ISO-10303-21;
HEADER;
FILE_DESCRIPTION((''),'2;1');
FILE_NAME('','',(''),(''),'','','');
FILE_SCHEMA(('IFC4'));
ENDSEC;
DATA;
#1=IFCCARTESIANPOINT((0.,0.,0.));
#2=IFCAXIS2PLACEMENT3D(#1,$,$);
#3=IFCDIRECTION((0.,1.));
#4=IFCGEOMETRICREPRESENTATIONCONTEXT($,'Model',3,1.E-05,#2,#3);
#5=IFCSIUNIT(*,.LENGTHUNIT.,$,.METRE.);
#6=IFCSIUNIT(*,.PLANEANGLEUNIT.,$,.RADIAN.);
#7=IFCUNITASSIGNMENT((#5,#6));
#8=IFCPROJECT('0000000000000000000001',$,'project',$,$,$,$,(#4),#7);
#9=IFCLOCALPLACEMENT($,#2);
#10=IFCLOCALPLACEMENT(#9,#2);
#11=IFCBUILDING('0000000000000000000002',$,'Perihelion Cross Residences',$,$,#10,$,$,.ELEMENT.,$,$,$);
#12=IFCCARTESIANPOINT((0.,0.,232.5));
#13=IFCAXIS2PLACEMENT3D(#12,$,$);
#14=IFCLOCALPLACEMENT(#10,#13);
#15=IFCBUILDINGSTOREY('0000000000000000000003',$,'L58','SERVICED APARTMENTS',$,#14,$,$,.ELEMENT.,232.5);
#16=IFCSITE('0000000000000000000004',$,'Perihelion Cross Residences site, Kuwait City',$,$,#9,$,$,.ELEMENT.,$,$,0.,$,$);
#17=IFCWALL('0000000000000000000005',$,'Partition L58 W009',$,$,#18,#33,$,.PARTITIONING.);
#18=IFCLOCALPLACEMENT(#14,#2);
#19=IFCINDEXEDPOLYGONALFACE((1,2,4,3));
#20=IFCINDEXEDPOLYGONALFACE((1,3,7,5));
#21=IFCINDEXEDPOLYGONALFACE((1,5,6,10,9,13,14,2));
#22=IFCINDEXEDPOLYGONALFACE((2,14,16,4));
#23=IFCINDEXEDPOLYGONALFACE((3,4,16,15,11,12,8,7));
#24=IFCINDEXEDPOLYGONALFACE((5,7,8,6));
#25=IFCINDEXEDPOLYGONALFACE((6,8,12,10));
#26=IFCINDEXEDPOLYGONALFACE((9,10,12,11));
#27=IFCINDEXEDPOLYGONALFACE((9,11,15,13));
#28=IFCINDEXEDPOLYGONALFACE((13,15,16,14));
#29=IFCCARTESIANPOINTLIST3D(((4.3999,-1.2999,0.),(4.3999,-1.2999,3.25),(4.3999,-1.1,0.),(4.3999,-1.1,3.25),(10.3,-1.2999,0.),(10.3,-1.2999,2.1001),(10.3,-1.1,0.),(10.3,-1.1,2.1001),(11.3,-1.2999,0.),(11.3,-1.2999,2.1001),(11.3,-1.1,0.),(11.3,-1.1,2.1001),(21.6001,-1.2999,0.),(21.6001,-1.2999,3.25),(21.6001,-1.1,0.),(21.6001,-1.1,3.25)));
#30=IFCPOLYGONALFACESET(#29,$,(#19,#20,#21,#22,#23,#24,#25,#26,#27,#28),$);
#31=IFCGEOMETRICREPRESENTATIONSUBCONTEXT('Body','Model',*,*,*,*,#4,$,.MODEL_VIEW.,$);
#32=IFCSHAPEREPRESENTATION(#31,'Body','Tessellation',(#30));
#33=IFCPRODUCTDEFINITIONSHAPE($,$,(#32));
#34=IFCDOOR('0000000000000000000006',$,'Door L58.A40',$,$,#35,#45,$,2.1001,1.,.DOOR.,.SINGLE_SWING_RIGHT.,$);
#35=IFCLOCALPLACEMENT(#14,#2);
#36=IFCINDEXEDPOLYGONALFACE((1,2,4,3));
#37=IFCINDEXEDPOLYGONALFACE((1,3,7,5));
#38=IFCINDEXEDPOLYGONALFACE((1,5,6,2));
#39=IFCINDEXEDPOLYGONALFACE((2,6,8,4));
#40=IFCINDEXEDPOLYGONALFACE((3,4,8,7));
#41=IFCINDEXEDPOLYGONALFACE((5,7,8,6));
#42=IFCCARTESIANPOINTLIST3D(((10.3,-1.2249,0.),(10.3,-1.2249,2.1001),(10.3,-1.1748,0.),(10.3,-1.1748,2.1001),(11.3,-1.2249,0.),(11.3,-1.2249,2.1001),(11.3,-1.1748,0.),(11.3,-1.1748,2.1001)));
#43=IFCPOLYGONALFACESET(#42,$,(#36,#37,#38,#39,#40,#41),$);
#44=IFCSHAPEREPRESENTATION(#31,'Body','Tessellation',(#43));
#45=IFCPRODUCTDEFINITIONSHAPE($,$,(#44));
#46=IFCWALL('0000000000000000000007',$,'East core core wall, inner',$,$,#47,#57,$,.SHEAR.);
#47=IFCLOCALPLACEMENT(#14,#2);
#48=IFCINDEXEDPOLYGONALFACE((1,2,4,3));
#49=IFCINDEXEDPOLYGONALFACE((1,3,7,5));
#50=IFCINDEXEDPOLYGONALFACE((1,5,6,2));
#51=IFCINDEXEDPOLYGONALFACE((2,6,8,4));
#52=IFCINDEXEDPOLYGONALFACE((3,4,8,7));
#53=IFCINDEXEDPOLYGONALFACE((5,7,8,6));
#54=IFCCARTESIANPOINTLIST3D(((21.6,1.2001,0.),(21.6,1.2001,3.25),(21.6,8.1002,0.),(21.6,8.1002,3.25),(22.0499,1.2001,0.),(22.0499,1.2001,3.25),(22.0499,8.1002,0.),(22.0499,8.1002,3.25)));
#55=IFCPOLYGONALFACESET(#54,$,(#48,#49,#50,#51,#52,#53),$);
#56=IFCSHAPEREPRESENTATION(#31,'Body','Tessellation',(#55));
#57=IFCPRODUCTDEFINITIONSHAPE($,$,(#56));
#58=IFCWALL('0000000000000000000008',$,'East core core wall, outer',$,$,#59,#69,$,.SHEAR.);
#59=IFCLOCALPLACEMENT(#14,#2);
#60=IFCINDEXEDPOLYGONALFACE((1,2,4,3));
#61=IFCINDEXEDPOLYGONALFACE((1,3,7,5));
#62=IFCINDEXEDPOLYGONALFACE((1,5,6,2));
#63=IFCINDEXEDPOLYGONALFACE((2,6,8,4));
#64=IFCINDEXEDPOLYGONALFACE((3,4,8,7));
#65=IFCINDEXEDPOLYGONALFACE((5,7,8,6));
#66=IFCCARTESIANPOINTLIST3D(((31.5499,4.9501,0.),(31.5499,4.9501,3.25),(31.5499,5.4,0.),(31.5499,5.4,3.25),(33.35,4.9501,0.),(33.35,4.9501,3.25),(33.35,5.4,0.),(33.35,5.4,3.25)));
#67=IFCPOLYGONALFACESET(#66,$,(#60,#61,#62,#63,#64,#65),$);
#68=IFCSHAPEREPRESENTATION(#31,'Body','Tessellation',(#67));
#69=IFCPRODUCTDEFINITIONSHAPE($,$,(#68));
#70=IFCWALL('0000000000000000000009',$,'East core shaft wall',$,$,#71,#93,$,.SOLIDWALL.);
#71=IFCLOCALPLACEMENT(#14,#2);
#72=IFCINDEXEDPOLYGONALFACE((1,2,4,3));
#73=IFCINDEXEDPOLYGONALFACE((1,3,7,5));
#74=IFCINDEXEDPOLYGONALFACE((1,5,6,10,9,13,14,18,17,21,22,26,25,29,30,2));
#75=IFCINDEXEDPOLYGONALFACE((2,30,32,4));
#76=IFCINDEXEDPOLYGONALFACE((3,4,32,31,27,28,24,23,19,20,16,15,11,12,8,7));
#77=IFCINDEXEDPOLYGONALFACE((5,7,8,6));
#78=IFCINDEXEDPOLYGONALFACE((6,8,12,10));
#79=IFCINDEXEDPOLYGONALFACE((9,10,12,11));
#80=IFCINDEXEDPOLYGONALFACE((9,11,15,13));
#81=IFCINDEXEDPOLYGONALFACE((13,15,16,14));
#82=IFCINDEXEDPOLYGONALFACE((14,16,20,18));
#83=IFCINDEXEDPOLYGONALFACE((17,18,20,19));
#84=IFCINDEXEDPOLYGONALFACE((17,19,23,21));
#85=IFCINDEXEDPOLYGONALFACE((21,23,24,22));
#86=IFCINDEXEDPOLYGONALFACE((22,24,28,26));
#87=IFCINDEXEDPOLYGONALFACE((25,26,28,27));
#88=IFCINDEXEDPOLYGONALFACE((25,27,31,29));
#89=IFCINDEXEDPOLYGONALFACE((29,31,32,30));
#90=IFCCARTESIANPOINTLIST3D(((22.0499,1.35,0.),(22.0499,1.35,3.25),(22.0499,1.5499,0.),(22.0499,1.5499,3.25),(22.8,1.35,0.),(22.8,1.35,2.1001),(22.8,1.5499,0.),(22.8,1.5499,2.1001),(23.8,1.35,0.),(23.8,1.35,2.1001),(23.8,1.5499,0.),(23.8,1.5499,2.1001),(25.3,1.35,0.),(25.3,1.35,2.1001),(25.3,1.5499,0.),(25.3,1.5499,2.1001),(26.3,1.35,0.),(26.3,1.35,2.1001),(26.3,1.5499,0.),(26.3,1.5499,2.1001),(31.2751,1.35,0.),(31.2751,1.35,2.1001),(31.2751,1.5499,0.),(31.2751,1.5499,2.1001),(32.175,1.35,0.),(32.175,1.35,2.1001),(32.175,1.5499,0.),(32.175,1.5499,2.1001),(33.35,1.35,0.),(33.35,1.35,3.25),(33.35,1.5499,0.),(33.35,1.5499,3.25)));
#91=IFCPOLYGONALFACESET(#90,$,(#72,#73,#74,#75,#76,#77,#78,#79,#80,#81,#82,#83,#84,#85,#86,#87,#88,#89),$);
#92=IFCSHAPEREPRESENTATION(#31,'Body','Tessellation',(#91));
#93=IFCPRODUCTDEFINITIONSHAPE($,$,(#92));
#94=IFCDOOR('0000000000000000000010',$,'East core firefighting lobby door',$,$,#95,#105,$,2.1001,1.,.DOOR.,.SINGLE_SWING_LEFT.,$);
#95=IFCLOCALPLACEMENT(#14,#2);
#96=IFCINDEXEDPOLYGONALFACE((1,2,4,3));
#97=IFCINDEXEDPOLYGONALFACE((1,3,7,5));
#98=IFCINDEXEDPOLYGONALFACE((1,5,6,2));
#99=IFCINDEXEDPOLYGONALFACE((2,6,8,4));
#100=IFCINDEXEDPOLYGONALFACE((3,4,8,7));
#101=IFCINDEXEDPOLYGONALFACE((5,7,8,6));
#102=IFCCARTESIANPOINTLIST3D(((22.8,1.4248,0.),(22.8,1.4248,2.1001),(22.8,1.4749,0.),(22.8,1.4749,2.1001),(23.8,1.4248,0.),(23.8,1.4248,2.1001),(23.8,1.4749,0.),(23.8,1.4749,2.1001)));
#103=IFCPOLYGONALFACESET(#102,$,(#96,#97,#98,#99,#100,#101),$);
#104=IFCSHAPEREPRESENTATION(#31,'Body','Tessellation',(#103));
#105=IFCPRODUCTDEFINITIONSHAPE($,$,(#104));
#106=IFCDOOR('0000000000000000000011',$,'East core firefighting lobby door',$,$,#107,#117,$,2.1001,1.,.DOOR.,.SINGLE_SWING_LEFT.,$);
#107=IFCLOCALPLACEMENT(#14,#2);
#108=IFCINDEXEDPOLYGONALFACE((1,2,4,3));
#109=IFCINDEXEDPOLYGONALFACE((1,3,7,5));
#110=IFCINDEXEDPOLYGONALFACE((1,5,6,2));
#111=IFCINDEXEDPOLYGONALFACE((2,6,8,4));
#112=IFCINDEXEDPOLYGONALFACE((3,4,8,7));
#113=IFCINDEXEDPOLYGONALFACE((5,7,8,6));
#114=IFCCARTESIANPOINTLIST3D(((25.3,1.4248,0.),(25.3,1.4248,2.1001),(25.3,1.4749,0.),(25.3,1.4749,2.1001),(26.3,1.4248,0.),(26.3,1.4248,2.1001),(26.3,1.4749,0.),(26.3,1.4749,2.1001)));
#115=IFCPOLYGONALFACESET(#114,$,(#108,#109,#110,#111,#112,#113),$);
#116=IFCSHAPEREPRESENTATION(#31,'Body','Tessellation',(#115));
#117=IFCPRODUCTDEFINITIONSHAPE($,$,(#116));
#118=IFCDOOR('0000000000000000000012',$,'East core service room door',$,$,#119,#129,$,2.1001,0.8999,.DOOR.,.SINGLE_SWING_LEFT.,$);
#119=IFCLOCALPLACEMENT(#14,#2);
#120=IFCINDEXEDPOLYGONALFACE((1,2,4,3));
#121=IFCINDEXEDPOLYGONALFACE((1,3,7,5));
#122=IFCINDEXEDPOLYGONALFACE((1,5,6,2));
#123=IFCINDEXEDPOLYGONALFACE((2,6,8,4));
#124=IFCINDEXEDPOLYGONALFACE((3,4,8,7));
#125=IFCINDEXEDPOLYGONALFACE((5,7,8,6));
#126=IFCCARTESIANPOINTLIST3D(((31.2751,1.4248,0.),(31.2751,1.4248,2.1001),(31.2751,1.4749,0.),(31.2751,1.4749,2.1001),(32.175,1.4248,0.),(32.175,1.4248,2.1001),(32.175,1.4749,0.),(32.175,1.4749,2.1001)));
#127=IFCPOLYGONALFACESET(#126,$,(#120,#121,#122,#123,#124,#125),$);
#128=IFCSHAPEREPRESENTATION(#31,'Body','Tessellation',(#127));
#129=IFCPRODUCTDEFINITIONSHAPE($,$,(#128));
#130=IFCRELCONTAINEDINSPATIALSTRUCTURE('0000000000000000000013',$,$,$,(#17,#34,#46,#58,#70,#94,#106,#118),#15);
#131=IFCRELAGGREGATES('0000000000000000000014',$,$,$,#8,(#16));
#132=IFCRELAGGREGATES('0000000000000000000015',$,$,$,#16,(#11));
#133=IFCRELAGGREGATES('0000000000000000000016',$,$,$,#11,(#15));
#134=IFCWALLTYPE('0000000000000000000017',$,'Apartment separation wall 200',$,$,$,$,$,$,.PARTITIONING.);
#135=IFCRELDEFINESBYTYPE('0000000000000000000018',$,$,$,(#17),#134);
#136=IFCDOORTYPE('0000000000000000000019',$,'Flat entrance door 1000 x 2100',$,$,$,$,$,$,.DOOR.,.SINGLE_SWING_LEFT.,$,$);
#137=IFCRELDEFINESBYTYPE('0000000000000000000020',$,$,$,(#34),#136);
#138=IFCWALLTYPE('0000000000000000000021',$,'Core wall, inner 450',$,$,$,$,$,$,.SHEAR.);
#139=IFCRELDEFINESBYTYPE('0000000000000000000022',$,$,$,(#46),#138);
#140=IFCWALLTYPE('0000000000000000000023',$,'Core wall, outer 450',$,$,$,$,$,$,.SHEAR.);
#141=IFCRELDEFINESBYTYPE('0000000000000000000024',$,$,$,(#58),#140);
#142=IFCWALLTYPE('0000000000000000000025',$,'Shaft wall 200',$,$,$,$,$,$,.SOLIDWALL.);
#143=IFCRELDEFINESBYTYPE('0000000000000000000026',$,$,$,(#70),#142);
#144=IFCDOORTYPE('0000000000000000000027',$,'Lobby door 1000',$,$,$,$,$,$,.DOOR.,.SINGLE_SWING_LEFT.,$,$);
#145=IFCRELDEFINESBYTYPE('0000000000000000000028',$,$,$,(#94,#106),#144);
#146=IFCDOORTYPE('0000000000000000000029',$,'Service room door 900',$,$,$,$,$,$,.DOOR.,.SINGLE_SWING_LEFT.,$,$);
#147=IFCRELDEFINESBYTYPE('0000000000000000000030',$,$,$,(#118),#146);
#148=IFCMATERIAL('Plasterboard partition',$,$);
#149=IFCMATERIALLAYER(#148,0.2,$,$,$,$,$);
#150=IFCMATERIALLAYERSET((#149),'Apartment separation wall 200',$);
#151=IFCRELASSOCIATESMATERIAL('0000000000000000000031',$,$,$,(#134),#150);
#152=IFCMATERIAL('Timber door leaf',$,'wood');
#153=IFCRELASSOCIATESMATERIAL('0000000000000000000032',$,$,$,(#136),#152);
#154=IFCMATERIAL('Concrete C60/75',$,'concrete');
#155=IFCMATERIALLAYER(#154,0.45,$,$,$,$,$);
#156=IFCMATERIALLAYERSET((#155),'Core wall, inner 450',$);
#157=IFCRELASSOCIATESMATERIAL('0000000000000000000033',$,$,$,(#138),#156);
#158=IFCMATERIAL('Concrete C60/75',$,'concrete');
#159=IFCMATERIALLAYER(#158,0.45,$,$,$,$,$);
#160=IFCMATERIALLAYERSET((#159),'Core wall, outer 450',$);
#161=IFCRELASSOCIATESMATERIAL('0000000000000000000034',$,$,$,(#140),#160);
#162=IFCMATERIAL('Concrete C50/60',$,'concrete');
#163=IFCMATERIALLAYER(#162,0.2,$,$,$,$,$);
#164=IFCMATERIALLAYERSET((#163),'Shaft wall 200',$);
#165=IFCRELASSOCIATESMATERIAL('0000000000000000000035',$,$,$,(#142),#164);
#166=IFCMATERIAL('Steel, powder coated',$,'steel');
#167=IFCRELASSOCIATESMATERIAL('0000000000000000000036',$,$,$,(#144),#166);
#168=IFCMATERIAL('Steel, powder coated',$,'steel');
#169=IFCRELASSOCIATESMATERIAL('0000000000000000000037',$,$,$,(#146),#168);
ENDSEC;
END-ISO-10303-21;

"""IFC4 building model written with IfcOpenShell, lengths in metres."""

from ifc_helpers import new_model, si_unit, direction, frame, frame_2d, origin, place, context, subcontext, project, spatial, rectangle, extrude, material, layer, layer_set, type_object, element, fill, save


model = new_model("IFC4")

# Units and contexts
model_context = context("Model", 3, precision=1e-05, world=origin(), true_north=direction((0.0, 1.0)))
body_context = subcontext(model_context, "Body", "Model", "MODEL_VIEW")
ifc_project = project(units=[si_unit("LENGTHUNIT", "METRE"), si_unit("PLANEANGLEUNIT", "RADIAN")], contexts=[model_context])

# Site, building, storey
site_placement = place(None, origin())
site = spatial("IfcSite", under=ifc_project, at=site_placement, Name="Perihelion Cross Residences site, Kuwait City", CompositionType="ELEMENT", RefElevation=0.0)
building_placement = place(site_placement, origin())
building = spatial("IfcBuilding", under=site, at=building_placement, Name="Perihelion Cross Residences", CompositionType="ELEMENT")
storey_placement = place(building_placement, frame((0.0, 0.0, 232.5)))
storey = spatial("IfcBuildingStorey", under=building, at=storey_placement, Name="L58", Description="SERVICED APARTMENTS", CompositionType="ELEMENT", Elevation=232.5)

# Wall, opening, door
ifc_material_1 = material(Name="Plasterboard partition")
ifc_layer_1 = layer(ifc_material_1, 0.2)
ifc_layer_set_1 = layer_set([ifc_layer_1], Name="Apartment separation wall 200")
wall_type_1 = type_object("IfcWallType", Name="Apartment separation wall 200", PredefinedType="PARTITIONING", material=ifc_layer_set_1)
wall_1_placement = place(storey_placement, frame((21.6001, -1.2, 0.0), z_axis=(0.0, 0.0, 1.0), x_axis=(-1.0, 0.0, 0.0)))
wall_1 = element("IfcWall", 1, at=wall_1_placement, inside=storey, type_object=wall_type_1, Name="Partition L58 W009", PredefinedType="PARTITIONING", context=body_context, shape_type="SweptSolid", body=[
    extrude(rectangle(XDim=17.2002, YDim=0.2, at=frame_2d((8.6001, 0.0))), origin(), (0.0, 0.0, 1.0), 3.25),
])
opening_1_placement = place(wall_1_placement, frame((10.3, 0.0, 0.0)))
opening_1 = element("IfcOpeningElement", 2, at=opening_1_placement, cuts=wall_1, PredefinedType="OPENING", context=body_context, shape_type="SweptSolid", body=[
    extrude(rectangle(XDim=1.0, YDim=2.1001, at=frame_2d((0.5, 1.05))), frame((0.0, 0.1099, 0.0), z_axis=(0.0, -1.0, 0.0), x_axis=(1.0, 0.0, 0.0)), (0.0, 0.0, 1.0), 0.22),
])
ifc_material_2 = material(Name="Timber door leaf", Category="wood")
door_type_1 = type_object("IfcDoorType", Name="Flat entrance door 1000 x 2100", OperationType="SINGLE_SWING_LEFT", PredefinedType="DOOR", material=ifc_material_2)
door_1_placement = place(opening_1_placement, origin())
door_1 = element("IfcDoor", 3, at=door_1_placement, inside=storey, type_object=door_type_1, Name="Door L58.A40", OperationType="SINGLE_SWING_RIGHT", OverallHeight=2.1001, OverallWidth=1.0, PredefinedType="DOOR", context=body_context, shape_type="SweptSolid", body=[
    extrude(rectangle(XDim=1.0, YDim=2.1001, at=frame_2d((0.5, 1.05))), frame((0.0, 0.0249, 0.0), z_axis=(0.0, -1.0, 0.0), x_axis=(1.0, 0.0, 0.0)), (0.0, 0.0, 1.0), 0.05),
])
fill(opening_1, door_1)

# Walls
ifc_material_3 = material(Name="Concrete C60/75", Category="concrete")
ifc_layer_2 = layer(ifc_material_3, 0.45)
ifc_layer_set_2 = layer_set([ifc_layer_2], Name="Core wall, inner 450")
wall_type_2 = type_object("IfcWallType", Name="Core wall, inner 450", PredefinedType="SHEAR", material=ifc_layer_set_2)
wall_2_placement = place(storey_placement, frame((21.825, 1.2, 0.0), z_axis=(0.0, 0.0, 1.0), x_axis=(0.0, 1.0, 0.0)))
element("IfcWall", 4, at=wall_2_placement, inside=storey, type_object=wall_type_2, Name="East core core wall, inner", PredefinedType="SHEAR", context=body_context, shape_type="SweptSolid", body=[
    extrude(rectangle(XDim=6.9001, YDim=0.45, at=frame_2d((3.4502, 0.0))), origin(), (0.0, 0.0, 1.0), 3.25),
])
ifc_material_4 = material(Name="Concrete C60/75", Category="concrete")
ifc_layer_3 = layer(ifc_material_4, 0.45)
ifc_layer_set_3 = layer_set([ifc_layer_3], Name="Core wall, outer 450")
wall_type_3 = type_object("IfcWallType", Name="Core wall, outer 450", PredefinedType="SHEAR", material=ifc_layer_set_3)
wall_3_placement = place(storey_placement, frame((31.55, 5.175, 0.0), z_axis=(0.0, 0.0, 1.0), x_axis=(1.0, 0.0, 0.0)))
element("IfcWall", 5, at=wall_3_placement, inside=storey, type_object=wall_type_3, Name="East core core wall, outer", PredefinedType="SHEAR", context=body_context, shape_type="SweptSolid", body=[
    extrude(rectangle(XDim=1.8, YDim=0.45, at=frame_2d((0.8999, 0.0))), origin(), (0.0, 0.0, 1.0), 3.25),
])

# Wall, openings, doors
ifc_material_5 = material(Name="Concrete C50/60", Category="concrete")
ifc_layer_4 = layer(ifc_material_5, 0.2)
ifc_layer_set_4 = layer_set([ifc_layer_4], Name="Shaft wall 200")
wall_type_4 = type_object("IfcWallType", Name="Shaft wall 200", PredefinedType="SOLIDWALL", material=ifc_layer_set_4)
wall_4_placement = place(storey_placement, frame((22.05, 1.45, 0.0), z_axis=(0.0, 0.0, 1.0), x_axis=(1.0, 0.0, 0.0)))
wall_4 = element("IfcWall", 6, at=wall_4_placement, inside=storey, type_object=wall_type_4, Name="East core shaft wall", PredefinedType="SOLIDWALL", context=body_context, shape_type="SweptSolid", body=[
    extrude(rectangle(XDim=11.3, YDim=0.2, at=frame_2d((5.6499, 0.0))), origin(), (0.0, 0.0, 1.0), 3.25),
])
opening_2_placement = place(wall_4_placement, frame((0.75, 0.0, 0.0)))
opening_2 = element("IfcOpeningElement", 7, at=opening_2_placement, cuts=wall_4, PredefinedType="OPENING", context=body_context, shape_type="SweptSolid", body=[
    extrude(rectangle(XDim=1.0, YDim=2.1001, at=frame_2d((0.5, 1.05))), frame((0.0, 0.1099, 0.0), z_axis=(0.0, -1.0, 0.0), x_axis=(1.0, 0.0, 0.0)), (0.0, 0.0, 1.0), 0.22),
])
opening_3_placement = place(wall_4_placement, frame((3.25, 0.0, 0.0)))
opening_3 = element("IfcOpeningElement", 8, at=opening_3_placement, cuts=wall_4, PredefinedType="OPENING", context=body_context, shape_type="SweptSolid", body=[
    extrude(rectangle(XDim=1.0, YDim=2.1001, at=frame_2d((0.5, 1.05))), frame((0.0, 0.1099, 0.0), z_axis=(0.0, -1.0, 0.0), x_axis=(1.0, 0.0, 0.0)), (0.0, 0.0, 1.0), 0.22),
])
opening_4_placement = place(wall_4_placement, frame((9.2251, 0.0, 0.0)))
opening_4 = element("IfcOpeningElement", 9, at=opening_4_placement, cuts=wall_4, PredefinedType="OPENING", context=body_context, shape_type="SweptSolid", body=[
    extrude(rectangle(XDim=0.8999, YDim=2.1001, at=frame_2d((0.45, 1.05))), frame((0.0, 0.1099, 0.0), z_axis=(0.0, -1.0, 0.0), x_axis=(1.0, 0.0, 0.0)), (0.0, 0.0, 1.0), 0.22),
])
ifc_material_6 = material(Name="Steel, powder coated", Category="steel")
door_type_2 = type_object("IfcDoorType", Name="Lobby door 1000", OperationType="SINGLE_SWING_LEFT", PredefinedType="DOOR", material=ifc_material_6)
door_2_placement = place(opening_2_placement, origin())
door_2 = element("IfcDoor", 10, at=door_2_placement, inside=storey, type_object=door_type_2, Name="East core firefighting lobby door", OperationType="SINGLE_SWING_LEFT", OverallHeight=2.1001, OverallWidth=1.0, PredefinedType="DOOR", context=body_context, shape_type="SweptSolid", body=[
    extrude(rectangle(XDim=1.0, YDim=2.1001, at=frame_2d((0.5, 1.05))), frame((0.0, 0.0249, 0.0), z_axis=(0.0, -1.0, 0.0), x_axis=(1.0, 0.0, 0.0)), (0.0, 0.0, 1.0), 0.05),
])
fill(opening_2, door_2)
door_3_placement = place(opening_3_placement, origin())
door_3 = element("IfcDoor", 11, at=door_3_placement, inside=storey, type_object=door_type_2, Name="East core firefighting lobby door", OperationType="SINGLE_SWING_LEFT", OverallHeight=2.1001, OverallWidth=1.0, PredefinedType="DOOR", context=body_context, shape_type="SweptSolid", body=[
    extrude(rectangle(XDim=1.0, YDim=2.1001, at=frame_2d((0.5, 1.05))), frame((0.0, 0.0249, 0.0), z_axis=(0.0, -1.0, 0.0), x_axis=(1.0, 0.0, 0.0)), (0.0, 0.0, 1.0), 0.05),
])
fill(opening_3, door_3)
ifc_material_7 = material(Name="Steel, powder coated", Category="steel")
door_type_3 = type_object("IfcDoorType", Name="Service room door 900", OperationType="SINGLE_SWING_LEFT", PredefinedType="DOOR", material=ifc_material_7)
door_4_placement = place(opening_4_placement, origin())
door_4 = element("IfcDoor", 12, at=door_4_placement, inside=storey, type_object=door_type_3, Name="East core service room door", OperationType="SINGLE_SWING_LEFT", OverallHeight=2.1001, OverallWidth=0.8999, PredefinedType="DOOR", context=body_context, shape_type="SweptSolid", body=[
    extrude(rectangle(XDim=0.8999, YDim=2.1001, at=frame_2d((0.45, 1.05))), frame((0.0, 0.0249, 0.0), z_axis=(0.0, -1.0, 0.0), x_axis=(1.0, 0.0, 0.0)), (0.0, 0.0, 1.0), 0.05),
])
fill(opening_4, door_4)

save(model, "model.ifc")
